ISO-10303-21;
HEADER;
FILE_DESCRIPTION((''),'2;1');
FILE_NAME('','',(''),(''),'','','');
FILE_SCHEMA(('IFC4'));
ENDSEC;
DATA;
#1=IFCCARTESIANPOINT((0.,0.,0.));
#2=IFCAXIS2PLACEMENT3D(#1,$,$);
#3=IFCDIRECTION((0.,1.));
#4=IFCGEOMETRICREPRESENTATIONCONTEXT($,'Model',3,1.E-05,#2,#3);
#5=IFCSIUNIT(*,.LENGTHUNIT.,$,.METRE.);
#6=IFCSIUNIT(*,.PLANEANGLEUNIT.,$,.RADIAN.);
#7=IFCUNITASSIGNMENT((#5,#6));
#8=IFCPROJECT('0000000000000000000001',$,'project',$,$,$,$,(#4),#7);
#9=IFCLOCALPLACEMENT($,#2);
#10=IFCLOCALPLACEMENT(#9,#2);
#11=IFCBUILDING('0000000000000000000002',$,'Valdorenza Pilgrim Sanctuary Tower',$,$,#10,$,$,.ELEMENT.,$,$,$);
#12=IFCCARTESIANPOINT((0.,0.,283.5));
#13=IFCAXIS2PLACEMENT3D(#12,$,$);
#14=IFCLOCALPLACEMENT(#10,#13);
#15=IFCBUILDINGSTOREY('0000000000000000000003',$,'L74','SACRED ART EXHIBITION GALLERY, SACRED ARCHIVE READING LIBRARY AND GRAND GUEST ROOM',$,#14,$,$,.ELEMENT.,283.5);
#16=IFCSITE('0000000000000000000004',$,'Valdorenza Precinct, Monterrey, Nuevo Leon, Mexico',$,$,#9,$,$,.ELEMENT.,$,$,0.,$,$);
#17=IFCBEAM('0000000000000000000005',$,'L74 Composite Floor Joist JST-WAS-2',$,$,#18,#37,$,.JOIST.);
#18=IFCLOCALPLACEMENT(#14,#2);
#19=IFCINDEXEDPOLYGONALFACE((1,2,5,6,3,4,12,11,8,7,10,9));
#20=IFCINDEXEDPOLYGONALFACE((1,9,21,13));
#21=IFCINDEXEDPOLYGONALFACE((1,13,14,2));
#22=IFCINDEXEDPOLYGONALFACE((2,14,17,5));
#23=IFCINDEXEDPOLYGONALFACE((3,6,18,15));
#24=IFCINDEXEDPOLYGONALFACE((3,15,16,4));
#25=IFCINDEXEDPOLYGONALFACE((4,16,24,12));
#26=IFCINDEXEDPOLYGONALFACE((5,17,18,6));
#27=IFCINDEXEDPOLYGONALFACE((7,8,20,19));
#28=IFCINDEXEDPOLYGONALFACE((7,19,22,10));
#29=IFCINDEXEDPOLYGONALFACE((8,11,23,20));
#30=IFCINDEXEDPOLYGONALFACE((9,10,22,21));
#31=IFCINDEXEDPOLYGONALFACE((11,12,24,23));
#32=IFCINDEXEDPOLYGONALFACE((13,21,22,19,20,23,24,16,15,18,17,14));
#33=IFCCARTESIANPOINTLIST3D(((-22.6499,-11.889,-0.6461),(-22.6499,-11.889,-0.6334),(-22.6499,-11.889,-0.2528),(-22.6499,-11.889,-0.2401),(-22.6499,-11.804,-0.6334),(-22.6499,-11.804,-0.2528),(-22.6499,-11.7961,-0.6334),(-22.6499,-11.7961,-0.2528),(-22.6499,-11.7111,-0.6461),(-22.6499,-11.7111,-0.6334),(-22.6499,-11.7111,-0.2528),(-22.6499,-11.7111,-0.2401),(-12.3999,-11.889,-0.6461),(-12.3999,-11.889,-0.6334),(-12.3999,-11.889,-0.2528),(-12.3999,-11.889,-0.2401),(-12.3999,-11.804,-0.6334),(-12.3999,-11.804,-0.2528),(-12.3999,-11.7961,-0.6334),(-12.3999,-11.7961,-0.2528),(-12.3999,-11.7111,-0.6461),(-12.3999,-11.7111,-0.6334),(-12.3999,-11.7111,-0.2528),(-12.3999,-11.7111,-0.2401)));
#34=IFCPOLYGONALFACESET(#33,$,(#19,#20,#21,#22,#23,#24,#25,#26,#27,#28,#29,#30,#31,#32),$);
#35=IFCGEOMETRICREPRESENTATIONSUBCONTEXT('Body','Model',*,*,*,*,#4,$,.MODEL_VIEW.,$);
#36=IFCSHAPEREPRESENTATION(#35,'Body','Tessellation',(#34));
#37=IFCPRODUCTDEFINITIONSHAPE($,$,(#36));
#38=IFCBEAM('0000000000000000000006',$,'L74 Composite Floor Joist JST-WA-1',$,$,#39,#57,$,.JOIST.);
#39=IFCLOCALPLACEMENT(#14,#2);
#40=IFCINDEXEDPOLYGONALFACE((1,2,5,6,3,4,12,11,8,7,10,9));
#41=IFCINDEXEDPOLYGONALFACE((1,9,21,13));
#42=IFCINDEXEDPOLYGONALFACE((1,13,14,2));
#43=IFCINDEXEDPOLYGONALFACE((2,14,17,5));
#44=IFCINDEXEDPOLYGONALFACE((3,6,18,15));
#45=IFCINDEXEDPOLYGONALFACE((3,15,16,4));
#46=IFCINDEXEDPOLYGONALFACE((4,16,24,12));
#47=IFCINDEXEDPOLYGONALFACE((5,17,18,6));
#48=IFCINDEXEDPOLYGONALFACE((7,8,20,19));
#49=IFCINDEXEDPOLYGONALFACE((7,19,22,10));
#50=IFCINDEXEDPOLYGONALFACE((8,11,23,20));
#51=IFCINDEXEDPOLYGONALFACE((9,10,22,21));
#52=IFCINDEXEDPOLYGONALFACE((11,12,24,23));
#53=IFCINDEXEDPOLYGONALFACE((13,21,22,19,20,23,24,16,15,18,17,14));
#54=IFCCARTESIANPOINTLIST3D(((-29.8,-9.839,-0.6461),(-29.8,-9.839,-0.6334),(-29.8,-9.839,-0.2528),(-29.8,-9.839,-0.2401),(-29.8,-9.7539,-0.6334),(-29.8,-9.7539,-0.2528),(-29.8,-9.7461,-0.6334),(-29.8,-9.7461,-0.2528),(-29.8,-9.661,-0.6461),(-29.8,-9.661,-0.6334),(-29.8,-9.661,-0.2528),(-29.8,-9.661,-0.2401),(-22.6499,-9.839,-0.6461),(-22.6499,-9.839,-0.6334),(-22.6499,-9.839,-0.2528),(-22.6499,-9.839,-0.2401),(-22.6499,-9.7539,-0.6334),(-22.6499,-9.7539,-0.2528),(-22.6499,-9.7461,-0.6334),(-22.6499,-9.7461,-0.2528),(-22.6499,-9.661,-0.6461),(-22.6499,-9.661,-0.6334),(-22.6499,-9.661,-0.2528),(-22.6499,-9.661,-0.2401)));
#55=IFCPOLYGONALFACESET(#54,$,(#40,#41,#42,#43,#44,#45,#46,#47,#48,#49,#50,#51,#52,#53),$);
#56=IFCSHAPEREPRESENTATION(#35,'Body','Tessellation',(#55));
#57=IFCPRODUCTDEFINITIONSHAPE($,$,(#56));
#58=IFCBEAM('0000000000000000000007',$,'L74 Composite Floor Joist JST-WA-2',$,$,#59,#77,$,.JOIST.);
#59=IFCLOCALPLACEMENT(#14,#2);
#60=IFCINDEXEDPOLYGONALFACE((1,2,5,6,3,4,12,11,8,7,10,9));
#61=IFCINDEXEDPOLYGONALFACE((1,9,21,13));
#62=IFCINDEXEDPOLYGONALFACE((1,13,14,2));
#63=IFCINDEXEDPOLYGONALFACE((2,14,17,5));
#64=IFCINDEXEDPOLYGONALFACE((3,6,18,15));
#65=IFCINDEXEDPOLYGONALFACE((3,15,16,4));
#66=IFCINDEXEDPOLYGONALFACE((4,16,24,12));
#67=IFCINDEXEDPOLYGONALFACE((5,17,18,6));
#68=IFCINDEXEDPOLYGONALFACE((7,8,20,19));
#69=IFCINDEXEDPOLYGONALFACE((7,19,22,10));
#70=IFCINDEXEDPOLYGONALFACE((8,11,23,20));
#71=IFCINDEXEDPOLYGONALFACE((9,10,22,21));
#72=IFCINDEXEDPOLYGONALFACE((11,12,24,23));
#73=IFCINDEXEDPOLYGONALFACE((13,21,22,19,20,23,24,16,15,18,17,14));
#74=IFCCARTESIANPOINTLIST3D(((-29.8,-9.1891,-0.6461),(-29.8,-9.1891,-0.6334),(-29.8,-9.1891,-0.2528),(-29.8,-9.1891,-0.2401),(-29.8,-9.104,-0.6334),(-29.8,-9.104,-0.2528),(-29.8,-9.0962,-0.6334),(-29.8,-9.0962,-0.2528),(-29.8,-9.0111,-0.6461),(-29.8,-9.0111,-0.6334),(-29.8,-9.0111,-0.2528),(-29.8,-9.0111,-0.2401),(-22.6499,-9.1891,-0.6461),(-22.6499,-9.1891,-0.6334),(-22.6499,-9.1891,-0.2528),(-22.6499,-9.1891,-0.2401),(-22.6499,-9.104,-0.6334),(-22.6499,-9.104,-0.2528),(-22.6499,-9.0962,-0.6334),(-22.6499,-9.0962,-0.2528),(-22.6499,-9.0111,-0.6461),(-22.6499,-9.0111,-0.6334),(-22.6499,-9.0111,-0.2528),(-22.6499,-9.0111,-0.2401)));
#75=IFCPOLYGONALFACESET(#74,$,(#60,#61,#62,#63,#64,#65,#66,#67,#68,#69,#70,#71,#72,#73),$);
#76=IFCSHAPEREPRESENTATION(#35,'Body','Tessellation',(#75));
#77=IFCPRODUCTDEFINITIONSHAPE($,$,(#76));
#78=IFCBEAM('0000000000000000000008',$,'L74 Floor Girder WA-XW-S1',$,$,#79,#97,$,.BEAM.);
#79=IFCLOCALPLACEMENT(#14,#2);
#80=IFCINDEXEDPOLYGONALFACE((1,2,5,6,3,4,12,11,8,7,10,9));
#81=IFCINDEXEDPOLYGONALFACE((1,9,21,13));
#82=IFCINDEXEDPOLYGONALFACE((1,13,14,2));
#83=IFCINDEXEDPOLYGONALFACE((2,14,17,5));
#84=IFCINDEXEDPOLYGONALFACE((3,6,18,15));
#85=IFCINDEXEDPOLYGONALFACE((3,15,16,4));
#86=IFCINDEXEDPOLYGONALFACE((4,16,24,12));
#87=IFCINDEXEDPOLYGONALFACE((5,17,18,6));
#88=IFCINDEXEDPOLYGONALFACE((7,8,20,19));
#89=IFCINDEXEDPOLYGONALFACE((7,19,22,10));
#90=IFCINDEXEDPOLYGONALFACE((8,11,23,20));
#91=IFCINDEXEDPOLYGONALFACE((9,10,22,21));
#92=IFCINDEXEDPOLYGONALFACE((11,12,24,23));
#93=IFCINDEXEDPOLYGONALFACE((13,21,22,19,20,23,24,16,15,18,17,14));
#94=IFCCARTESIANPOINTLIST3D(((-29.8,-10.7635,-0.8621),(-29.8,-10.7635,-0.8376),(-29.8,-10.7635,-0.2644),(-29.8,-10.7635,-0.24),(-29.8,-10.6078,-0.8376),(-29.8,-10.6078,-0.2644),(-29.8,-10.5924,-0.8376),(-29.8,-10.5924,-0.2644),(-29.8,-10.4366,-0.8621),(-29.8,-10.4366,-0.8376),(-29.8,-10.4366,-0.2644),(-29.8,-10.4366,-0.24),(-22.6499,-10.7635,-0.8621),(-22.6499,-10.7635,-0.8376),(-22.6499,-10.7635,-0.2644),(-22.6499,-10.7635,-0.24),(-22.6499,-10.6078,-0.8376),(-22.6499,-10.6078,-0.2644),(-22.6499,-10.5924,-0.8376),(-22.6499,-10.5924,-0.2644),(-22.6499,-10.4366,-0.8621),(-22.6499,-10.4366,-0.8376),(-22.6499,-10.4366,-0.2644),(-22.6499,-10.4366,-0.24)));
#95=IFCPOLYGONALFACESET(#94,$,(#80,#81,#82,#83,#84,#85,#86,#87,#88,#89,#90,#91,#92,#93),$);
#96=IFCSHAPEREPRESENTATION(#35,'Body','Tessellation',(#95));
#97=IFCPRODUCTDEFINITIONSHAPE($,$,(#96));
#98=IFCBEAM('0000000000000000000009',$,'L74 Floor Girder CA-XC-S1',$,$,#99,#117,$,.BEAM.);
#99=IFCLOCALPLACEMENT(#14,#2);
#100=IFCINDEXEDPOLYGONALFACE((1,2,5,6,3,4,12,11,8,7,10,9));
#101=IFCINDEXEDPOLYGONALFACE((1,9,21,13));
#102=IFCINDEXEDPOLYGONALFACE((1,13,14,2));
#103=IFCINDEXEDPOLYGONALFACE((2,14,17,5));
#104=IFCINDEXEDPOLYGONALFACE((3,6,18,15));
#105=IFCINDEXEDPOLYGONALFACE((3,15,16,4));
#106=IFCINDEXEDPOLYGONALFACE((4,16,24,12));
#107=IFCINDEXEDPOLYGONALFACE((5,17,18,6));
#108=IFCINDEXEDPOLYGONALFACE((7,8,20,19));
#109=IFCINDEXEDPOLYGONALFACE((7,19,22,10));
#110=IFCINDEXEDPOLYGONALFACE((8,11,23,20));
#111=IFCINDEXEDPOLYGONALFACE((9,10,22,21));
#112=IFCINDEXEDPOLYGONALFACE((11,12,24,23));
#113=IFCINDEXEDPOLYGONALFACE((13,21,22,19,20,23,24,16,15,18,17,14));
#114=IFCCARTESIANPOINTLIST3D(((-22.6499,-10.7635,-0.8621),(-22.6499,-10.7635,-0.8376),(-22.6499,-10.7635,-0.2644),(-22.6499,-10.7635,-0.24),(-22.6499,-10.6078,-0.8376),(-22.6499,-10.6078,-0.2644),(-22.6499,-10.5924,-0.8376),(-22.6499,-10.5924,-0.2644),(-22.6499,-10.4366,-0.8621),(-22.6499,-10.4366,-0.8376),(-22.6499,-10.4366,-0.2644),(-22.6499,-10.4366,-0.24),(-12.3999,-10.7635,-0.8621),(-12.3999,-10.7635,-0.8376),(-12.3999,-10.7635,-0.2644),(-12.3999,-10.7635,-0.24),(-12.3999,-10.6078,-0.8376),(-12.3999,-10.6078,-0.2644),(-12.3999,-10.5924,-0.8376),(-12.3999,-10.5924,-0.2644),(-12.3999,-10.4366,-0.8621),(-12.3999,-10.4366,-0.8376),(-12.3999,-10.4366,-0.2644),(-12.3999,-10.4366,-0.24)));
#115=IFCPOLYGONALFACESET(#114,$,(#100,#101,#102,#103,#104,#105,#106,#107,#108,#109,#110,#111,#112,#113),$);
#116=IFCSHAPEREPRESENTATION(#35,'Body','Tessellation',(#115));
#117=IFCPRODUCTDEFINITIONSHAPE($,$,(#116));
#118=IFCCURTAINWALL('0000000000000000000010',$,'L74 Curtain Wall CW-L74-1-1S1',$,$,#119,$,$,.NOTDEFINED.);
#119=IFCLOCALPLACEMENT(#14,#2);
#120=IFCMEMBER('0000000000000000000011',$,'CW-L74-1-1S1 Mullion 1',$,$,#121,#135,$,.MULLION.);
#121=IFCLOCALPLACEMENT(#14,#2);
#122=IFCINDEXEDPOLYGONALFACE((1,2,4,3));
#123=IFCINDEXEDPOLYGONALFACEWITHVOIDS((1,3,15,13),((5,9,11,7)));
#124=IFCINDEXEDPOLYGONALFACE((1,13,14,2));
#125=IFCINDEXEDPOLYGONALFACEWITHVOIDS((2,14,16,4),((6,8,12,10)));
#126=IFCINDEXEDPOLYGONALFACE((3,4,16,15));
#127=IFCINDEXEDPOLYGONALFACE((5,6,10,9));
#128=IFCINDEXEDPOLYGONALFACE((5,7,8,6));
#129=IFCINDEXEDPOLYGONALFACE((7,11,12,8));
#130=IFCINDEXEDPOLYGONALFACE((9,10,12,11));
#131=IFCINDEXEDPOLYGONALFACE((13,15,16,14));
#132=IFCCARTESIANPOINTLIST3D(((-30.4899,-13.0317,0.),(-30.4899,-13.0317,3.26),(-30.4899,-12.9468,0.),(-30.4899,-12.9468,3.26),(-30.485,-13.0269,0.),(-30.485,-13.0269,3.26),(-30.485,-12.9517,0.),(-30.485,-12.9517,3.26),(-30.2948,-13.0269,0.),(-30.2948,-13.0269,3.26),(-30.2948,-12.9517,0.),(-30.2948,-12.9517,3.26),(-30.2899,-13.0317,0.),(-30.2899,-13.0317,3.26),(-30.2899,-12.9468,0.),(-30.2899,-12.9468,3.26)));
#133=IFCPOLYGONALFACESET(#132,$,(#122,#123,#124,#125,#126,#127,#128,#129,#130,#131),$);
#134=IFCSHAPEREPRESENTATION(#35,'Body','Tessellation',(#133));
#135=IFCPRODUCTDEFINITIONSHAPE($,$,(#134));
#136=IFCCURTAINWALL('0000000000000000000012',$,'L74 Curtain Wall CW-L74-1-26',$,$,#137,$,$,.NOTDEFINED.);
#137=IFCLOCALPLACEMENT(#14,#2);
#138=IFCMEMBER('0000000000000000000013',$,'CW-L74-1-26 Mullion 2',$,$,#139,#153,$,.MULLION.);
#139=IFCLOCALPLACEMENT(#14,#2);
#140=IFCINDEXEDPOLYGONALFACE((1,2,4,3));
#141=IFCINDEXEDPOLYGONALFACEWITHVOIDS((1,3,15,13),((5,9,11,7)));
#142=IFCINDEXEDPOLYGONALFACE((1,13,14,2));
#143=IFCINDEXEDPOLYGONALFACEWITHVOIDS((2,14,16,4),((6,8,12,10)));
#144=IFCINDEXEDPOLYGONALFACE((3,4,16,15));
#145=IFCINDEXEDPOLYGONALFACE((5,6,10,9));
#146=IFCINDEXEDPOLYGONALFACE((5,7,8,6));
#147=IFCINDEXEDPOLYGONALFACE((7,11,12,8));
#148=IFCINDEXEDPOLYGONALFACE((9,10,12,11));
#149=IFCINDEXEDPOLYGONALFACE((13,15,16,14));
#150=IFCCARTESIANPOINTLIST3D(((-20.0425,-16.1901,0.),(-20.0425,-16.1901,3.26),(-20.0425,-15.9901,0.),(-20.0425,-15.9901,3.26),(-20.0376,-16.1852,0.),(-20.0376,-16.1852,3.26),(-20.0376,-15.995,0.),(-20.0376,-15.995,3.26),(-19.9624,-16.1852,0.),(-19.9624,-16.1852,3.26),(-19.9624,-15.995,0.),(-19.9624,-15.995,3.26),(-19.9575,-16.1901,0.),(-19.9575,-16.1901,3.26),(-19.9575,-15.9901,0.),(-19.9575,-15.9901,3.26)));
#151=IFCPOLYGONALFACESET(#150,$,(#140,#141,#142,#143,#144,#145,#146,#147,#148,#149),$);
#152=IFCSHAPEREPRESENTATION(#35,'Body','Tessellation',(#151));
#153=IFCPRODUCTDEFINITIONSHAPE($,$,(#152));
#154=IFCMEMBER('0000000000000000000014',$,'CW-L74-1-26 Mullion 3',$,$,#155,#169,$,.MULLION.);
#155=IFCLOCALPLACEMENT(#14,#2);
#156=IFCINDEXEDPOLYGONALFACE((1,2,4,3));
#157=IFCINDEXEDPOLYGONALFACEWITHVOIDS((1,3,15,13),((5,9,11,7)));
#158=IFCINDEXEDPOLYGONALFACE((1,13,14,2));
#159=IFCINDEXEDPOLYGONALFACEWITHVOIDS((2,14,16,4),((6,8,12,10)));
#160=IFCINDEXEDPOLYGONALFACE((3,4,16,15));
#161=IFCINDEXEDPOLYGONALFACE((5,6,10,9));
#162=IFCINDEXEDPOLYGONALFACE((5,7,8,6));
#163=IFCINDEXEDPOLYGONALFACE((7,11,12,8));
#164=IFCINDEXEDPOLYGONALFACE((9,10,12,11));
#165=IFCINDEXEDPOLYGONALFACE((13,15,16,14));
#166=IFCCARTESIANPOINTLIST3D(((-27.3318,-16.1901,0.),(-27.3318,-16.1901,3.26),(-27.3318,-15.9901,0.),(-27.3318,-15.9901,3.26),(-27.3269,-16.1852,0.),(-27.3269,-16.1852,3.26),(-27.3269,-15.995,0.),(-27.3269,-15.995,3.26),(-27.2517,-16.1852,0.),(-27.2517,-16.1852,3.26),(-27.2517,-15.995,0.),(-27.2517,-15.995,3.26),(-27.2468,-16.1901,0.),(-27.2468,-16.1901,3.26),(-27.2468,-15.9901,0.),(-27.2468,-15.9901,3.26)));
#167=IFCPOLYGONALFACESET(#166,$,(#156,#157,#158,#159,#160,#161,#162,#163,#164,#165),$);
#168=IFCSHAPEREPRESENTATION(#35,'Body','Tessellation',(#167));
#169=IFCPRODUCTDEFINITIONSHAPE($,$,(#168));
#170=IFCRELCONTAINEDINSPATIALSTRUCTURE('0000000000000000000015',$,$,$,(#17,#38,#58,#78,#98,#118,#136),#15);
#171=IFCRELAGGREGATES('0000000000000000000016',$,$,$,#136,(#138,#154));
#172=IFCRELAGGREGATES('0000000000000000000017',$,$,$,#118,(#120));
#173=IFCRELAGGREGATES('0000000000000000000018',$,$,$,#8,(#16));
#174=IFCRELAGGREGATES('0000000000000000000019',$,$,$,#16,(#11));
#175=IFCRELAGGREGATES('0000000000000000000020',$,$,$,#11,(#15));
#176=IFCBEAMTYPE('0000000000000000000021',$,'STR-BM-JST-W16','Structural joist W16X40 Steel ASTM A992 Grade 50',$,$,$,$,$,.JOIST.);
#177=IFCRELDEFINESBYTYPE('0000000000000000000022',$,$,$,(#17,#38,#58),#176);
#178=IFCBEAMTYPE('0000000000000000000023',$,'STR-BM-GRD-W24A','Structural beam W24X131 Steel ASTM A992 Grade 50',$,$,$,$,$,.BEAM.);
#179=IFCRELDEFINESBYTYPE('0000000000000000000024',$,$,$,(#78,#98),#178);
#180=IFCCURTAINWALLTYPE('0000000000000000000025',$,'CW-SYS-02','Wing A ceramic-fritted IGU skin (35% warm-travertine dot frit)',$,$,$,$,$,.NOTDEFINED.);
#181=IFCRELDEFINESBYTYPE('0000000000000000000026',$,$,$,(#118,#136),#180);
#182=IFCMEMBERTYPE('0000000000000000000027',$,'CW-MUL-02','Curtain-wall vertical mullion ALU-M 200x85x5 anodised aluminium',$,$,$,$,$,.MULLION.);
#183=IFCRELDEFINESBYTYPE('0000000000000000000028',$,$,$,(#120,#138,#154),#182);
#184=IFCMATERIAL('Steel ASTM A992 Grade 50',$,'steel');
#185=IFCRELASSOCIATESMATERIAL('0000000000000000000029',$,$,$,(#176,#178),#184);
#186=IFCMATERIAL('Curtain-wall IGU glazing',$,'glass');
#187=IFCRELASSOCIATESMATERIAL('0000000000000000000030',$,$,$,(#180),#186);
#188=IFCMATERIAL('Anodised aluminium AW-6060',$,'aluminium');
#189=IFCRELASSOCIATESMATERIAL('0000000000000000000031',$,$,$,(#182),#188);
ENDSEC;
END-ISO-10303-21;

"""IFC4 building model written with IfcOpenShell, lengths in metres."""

from ifc_helpers import new_model, si_unit, direction, frame, origin, origin_2d, place, context, subcontext, project, spatial, hollow_rectangle, i_section, extrude, source, transform, mapped, material, material_profile, profile_set, type_object, element, aggregate, save


model = new_model("IFC4")

# Units and contexts
model_context = context("Model", 3, precision=1e-05, world=origin(), true_north=direction((0.0, 1.0)))
body_context = subcontext(model_context, "Body", "Model", "MODEL_VIEW")
ifc_project = project(units=[si_unit("LENGTHUNIT", "METRE"), si_unit("PLANEANGLEUNIT", "RADIAN")], contexts=[model_context])

# Site, building, storey
site_placement = place(None, origin())
site = spatial("IfcSite", under=ifc_project, at=site_placement, Name="Valdorenza Precinct, Monterrey, Nuevo Leon, Mexico", CompositionType="ELEMENT", RefElevation=0.0)
building_placement = place(site_placement, origin())
building = spatial("IfcBuilding", under=site, at=building_placement, Name="Valdorenza Pilgrim Sanctuary Tower", CompositionType="ELEMENT")
storey_placement = place(building_placement, frame((0.0, 0.0, 283.5)))
storey = spatial("IfcBuildingStorey", under=building, at=storey_placement, Name="L74", Description="SACRED ART EXHIBITION GALLERY, SACRED ARCHIVE READING LIBRARY AND GRAND GUEST ROOM", CompositionType="ELEMENT", Elevation=283.5)

# Shared definitions
ifc_material_1 = material(Name="Steel ASTM A992 Grade 50", Category="steel")

# Beams
ifc_material_profile_1 = material_profile(ifc_material_1, i_section(OverallWidth=0.178, OverallDepth=0.406, WebThickness=0.0078, FlangeThickness=0.0127, at=origin_2d()), Name="W16X40")
ifc_profile_set_1 = profile_set([ifc_material_profile_1], Name="Steel ASTM A992 Grade 50")
beam_type_1 = type_object("IfcBeamType", Name="STR-BM-JST-W16", Description="Structural joist W16X40 Steel ASTM A992 Grade 50", PredefinedType="JOIST", material=ifc_profile_set_1)
shared_shape_1 = source(origin(), body_context, "Body", "SweptSolid", [
    extrude(i_section(OverallWidth=0.178, OverallDepth=0.406, WebThickness=0.0078, FlangeThickness=0.0127, at=origin_2d()), origin(), (0.0, 0.0, 1.0), 10.25),
])
for number, where, z_axis, x_axis, name in (
    (1, (-22.6499, -11.8, -0.4431), (1.0, 0.0, 0.0), (0.0, 1.0, 0.0), "L74 Composite Floor Joist JST-WAS-2"),
):
    element("IfcBeam", number, at=place(storey_placement, frame(where, z_axis=z_axis, x_axis=x_axis)), inside=storey, type_object=beam_type_1, Name=name, PredefinedType="JOIST", context=body_context, shape_type="MappedRepresentation", body=[
        mapped(shared_shape_1, transform((0.0, 0.0, 0.0), x_axis=(1.0, 0.0, 0.0), y_axis=(0.0, 1.0, 0.0), z_axis=(0.0, 0.0, 1.0), scale=1.0)),
    ])
shared_shape_2 = source(origin(), body_context, "Body", "SweptSolid", [
    extrude(i_section(OverallWidth=0.178, OverallDepth=0.406, WebThickness=0.0078, FlangeThickness=0.0127, at=origin_2d()), origin(), (0.0, 0.0, 1.0), 7.1501),
])
for number, where, z_axis, x_axis, name in (
    (2, (-29.8, -9.75, -0.4431), (1.0, 0.0, 0.0), (0.0, 1.0, 0.0), "L74 Composite Floor Joist JST-WA-1"),
    (3, (-29.8, -9.1001, -0.4431), (1.0, 0.0, 0.0), (0.0, 1.0, 0.0), "L74 Composite Floor Joist JST-WA-2"),
):
    element("IfcBeam", number, at=place(storey_placement, frame(where, z_axis=z_axis, x_axis=x_axis)), inside=storey, type_object=beam_type_1, Name=name, PredefinedType="JOIST", context=body_context, shape_type="MappedRepresentation", body=[
        mapped(shared_shape_2, transform((0.0, 0.0, 0.0), x_axis=(1.0, 0.0, 0.0), y_axis=(0.0, 1.0, 0.0), z_axis=(0.0, 0.0, 1.0), scale=1.0)),
    ])
ifc_material_profile_2 = material_profile(ifc_material_1, i_section(OverallWidth=0.3269, OverallDepth=0.6221, WebThickness=0.0154, FlangeThickness=0.0244, at=origin_2d()), Name="W24X131")
ifc_profile_set_2 = profile_set([ifc_material_profile_2], Name="Steel ASTM A992 Grade 50")
beam_type_2 = type_object("IfcBeamType", Name="STR-BM-GRD-W24A", Description="Structural beam W24X131 Steel ASTM A992 Grade 50", PredefinedType="BEAM", material=ifc_profile_set_2)
shared_shape_3 = source(origin(), body_context, "Body", "SweptSolid", [
    extrude(i_section(OverallWidth=0.3269, OverallDepth=0.6221, WebThickness=0.0154, FlangeThickness=0.0244, at=origin_2d()), origin(), (0.0, 0.0, 1.0), 7.1501),
])
beam_1_placement = place(storey_placement, frame((-29.8, -10.6001, -0.551), z_axis=(1.0, 0.0, 0.0), x_axis=(0.0, 1.0, 0.0)))
element("IfcBeam", 4, at=beam_1_placement, inside=storey, type_object=beam_type_2, Name="L74 Floor Girder WA-XW-S1", PredefinedType="BEAM", context=body_context, shape_type="MappedRepresentation", body=[
    mapped(shared_shape_3, transform((0.0, 0.0, 0.0), x_axis=(1.0, 0.0, 0.0), y_axis=(0.0, 1.0, 0.0), z_axis=(0.0, 0.0, 1.0), scale=1.0)),
])
shared_shape_4 = source(origin(), body_context, "Body", "SweptSolid", [
    extrude(i_section(OverallWidth=0.3269, OverallDepth=0.6221, WebThickness=0.0154, FlangeThickness=0.0244, at=origin_2d()), origin(), (0.0, 0.0, 1.0), 10.25),
])
beam_2_placement = place(storey_placement, frame((-22.6499, -10.6001, -0.551), z_axis=(1.0, 0.0, 0.0), x_axis=(0.0, 1.0, 0.0)))
element("IfcBeam", 5, at=beam_2_placement, inside=storey, type_object=beam_type_2, Name="L74 Floor Girder CA-XC-S1", PredefinedType="BEAM", context=body_context, shape_type="MappedRepresentation", body=[
    mapped(shared_shape_4, transform((0.0, 0.0, 0.0), x_axis=(1.0, 0.0, 0.0), y_axis=(0.0, 1.0, 0.0), z_axis=(0.0, 0.0, 1.0), scale=1.0)),
])

# Curtain wall, member
ifc_material_2 = material(Name="Curtain-wall IGU glazing", Category="glass")
curtain_wall_type = type_object("IfcCurtainWallType", Name="CW-SYS-02", Description="Wing A ceramic-fritted IGU skin (35% warm-travertine dot frit)", PredefinedType="NOTDEFINED", material=ifc_material_2)
curtain_wall_1_placement = place(storey_placement, origin())
curtain_wall_1 = element("IfcCurtainWall", 6, at=curtain_wall_1_placement, inside=storey, type_object=curtain_wall_type, Name="L74 Curtain Wall CW-L74-1-1S1", PredefinedType="NOTDEFINED")
ifc_material_3 = material(Name="Anodised aluminium AW-6060", Category="aluminium")
ifc_material_profile_3 = material_profile(ifc_material_3, hollow_rectangle(XDim=0.085, YDim=0.2, WallThickness=0.0049, at=origin_2d()), Name="ALU-M 200x85x5")
ifc_profile_set_3 = profile_set([ifc_material_profile_3], Name="Anodised aluminium AW-6060")
member_type_1 = type_object("IfcMemberType", Name="CW-MUL-02", Description="Curtain-wall vertical mullion ALU-M 200x85x5 anodised aluminium", PredefinedType="MULLION", material=ifc_profile_set_3)
shared_shape_5 = source(origin(), body_context, "Body", "SweptSolid", [
    extrude(hollow_rectangle(XDim=0.085, YDim=0.2, WallThickness=0.0049, at=origin_2d()), origin(), (0.0, 0.0, 1.0), 3.26),
])
member_1_placement = place(storey_placement, frame((-30.3899, -12.9893, 0.0), z_axis=(0.0, 0.0, 1.0), x_axis=(0.0, 1.0, 0.0)))
member_1 = element("IfcMember", 7, at=member_1_placement, type_object=member_type_1, Name="CW-L74-1-1S1 Mullion 1", PredefinedType="MULLION", context=body_context, shape_type="MappedRepresentation", body=[
    mapped(shared_shape_5, transform((0.0, 0.0, 0.0), x_axis=(1.0, 0.0, 0.0), y_axis=(0.0, 1.0, 0.0), z_axis=(0.0, 0.0, 1.0), scale=1.0)),
])

# Curtain wall, members
curtain_wall_2_placement = place(storey_placement, origin())
curtain_wall_2 = element("IfcCurtainWall", 8, at=curtain_wall_2_placement, inside=storey, type_object=curtain_wall_type, Name="L74 Curtain Wall CW-L74-1-26", PredefinedType="NOTDEFINED")
member_2_placement = place(storey_placement, frame((-20.0, -16.0901, 0.0), z_axis=(0.0, 0.0, 1.0), x_axis=(-1.0, 0.0, 0.0)))
member_2 = element("IfcMember", 9, at=member_2_placement, type_object=member_type_1, Name="CW-L74-1-26 Mullion 2", PredefinedType="MULLION", context=body_context, shape_type="MappedRepresentation", body=[
    mapped(shared_shape_5, transform((0.0, 0.0, 0.0), x_axis=(1.0, 0.0, 0.0), y_axis=(0.0, 1.0, 0.0), z_axis=(0.0, 0.0, 1.0), scale=1.0)),
])
member_3_placement = place(storey_placement, frame((-27.2893, -16.0901, 0.0), z_axis=(0.0, 0.0, 1.0), x_axis=(-1.0, 0.0, 0.0)))
member_3 = element("IfcMember", 10, at=member_3_placement, type_object=member_type_1, Name="CW-L74-1-26 Mullion 3", PredefinedType="MULLION", context=body_context, shape_type="MappedRepresentation", body=[
    mapped(shared_shape_5, transform((0.0, 0.0, 0.0), x_axis=(1.0, 0.0, 0.0), y_axis=(0.0, 1.0, 0.0), z_axis=(0.0, 0.0, 1.0), scale=1.0)),
])

aggregate(curtain_wall_2, [member_2, member_3])
aggregate(curtain_wall_1, [member_1])

save(model, "model.ifc")
